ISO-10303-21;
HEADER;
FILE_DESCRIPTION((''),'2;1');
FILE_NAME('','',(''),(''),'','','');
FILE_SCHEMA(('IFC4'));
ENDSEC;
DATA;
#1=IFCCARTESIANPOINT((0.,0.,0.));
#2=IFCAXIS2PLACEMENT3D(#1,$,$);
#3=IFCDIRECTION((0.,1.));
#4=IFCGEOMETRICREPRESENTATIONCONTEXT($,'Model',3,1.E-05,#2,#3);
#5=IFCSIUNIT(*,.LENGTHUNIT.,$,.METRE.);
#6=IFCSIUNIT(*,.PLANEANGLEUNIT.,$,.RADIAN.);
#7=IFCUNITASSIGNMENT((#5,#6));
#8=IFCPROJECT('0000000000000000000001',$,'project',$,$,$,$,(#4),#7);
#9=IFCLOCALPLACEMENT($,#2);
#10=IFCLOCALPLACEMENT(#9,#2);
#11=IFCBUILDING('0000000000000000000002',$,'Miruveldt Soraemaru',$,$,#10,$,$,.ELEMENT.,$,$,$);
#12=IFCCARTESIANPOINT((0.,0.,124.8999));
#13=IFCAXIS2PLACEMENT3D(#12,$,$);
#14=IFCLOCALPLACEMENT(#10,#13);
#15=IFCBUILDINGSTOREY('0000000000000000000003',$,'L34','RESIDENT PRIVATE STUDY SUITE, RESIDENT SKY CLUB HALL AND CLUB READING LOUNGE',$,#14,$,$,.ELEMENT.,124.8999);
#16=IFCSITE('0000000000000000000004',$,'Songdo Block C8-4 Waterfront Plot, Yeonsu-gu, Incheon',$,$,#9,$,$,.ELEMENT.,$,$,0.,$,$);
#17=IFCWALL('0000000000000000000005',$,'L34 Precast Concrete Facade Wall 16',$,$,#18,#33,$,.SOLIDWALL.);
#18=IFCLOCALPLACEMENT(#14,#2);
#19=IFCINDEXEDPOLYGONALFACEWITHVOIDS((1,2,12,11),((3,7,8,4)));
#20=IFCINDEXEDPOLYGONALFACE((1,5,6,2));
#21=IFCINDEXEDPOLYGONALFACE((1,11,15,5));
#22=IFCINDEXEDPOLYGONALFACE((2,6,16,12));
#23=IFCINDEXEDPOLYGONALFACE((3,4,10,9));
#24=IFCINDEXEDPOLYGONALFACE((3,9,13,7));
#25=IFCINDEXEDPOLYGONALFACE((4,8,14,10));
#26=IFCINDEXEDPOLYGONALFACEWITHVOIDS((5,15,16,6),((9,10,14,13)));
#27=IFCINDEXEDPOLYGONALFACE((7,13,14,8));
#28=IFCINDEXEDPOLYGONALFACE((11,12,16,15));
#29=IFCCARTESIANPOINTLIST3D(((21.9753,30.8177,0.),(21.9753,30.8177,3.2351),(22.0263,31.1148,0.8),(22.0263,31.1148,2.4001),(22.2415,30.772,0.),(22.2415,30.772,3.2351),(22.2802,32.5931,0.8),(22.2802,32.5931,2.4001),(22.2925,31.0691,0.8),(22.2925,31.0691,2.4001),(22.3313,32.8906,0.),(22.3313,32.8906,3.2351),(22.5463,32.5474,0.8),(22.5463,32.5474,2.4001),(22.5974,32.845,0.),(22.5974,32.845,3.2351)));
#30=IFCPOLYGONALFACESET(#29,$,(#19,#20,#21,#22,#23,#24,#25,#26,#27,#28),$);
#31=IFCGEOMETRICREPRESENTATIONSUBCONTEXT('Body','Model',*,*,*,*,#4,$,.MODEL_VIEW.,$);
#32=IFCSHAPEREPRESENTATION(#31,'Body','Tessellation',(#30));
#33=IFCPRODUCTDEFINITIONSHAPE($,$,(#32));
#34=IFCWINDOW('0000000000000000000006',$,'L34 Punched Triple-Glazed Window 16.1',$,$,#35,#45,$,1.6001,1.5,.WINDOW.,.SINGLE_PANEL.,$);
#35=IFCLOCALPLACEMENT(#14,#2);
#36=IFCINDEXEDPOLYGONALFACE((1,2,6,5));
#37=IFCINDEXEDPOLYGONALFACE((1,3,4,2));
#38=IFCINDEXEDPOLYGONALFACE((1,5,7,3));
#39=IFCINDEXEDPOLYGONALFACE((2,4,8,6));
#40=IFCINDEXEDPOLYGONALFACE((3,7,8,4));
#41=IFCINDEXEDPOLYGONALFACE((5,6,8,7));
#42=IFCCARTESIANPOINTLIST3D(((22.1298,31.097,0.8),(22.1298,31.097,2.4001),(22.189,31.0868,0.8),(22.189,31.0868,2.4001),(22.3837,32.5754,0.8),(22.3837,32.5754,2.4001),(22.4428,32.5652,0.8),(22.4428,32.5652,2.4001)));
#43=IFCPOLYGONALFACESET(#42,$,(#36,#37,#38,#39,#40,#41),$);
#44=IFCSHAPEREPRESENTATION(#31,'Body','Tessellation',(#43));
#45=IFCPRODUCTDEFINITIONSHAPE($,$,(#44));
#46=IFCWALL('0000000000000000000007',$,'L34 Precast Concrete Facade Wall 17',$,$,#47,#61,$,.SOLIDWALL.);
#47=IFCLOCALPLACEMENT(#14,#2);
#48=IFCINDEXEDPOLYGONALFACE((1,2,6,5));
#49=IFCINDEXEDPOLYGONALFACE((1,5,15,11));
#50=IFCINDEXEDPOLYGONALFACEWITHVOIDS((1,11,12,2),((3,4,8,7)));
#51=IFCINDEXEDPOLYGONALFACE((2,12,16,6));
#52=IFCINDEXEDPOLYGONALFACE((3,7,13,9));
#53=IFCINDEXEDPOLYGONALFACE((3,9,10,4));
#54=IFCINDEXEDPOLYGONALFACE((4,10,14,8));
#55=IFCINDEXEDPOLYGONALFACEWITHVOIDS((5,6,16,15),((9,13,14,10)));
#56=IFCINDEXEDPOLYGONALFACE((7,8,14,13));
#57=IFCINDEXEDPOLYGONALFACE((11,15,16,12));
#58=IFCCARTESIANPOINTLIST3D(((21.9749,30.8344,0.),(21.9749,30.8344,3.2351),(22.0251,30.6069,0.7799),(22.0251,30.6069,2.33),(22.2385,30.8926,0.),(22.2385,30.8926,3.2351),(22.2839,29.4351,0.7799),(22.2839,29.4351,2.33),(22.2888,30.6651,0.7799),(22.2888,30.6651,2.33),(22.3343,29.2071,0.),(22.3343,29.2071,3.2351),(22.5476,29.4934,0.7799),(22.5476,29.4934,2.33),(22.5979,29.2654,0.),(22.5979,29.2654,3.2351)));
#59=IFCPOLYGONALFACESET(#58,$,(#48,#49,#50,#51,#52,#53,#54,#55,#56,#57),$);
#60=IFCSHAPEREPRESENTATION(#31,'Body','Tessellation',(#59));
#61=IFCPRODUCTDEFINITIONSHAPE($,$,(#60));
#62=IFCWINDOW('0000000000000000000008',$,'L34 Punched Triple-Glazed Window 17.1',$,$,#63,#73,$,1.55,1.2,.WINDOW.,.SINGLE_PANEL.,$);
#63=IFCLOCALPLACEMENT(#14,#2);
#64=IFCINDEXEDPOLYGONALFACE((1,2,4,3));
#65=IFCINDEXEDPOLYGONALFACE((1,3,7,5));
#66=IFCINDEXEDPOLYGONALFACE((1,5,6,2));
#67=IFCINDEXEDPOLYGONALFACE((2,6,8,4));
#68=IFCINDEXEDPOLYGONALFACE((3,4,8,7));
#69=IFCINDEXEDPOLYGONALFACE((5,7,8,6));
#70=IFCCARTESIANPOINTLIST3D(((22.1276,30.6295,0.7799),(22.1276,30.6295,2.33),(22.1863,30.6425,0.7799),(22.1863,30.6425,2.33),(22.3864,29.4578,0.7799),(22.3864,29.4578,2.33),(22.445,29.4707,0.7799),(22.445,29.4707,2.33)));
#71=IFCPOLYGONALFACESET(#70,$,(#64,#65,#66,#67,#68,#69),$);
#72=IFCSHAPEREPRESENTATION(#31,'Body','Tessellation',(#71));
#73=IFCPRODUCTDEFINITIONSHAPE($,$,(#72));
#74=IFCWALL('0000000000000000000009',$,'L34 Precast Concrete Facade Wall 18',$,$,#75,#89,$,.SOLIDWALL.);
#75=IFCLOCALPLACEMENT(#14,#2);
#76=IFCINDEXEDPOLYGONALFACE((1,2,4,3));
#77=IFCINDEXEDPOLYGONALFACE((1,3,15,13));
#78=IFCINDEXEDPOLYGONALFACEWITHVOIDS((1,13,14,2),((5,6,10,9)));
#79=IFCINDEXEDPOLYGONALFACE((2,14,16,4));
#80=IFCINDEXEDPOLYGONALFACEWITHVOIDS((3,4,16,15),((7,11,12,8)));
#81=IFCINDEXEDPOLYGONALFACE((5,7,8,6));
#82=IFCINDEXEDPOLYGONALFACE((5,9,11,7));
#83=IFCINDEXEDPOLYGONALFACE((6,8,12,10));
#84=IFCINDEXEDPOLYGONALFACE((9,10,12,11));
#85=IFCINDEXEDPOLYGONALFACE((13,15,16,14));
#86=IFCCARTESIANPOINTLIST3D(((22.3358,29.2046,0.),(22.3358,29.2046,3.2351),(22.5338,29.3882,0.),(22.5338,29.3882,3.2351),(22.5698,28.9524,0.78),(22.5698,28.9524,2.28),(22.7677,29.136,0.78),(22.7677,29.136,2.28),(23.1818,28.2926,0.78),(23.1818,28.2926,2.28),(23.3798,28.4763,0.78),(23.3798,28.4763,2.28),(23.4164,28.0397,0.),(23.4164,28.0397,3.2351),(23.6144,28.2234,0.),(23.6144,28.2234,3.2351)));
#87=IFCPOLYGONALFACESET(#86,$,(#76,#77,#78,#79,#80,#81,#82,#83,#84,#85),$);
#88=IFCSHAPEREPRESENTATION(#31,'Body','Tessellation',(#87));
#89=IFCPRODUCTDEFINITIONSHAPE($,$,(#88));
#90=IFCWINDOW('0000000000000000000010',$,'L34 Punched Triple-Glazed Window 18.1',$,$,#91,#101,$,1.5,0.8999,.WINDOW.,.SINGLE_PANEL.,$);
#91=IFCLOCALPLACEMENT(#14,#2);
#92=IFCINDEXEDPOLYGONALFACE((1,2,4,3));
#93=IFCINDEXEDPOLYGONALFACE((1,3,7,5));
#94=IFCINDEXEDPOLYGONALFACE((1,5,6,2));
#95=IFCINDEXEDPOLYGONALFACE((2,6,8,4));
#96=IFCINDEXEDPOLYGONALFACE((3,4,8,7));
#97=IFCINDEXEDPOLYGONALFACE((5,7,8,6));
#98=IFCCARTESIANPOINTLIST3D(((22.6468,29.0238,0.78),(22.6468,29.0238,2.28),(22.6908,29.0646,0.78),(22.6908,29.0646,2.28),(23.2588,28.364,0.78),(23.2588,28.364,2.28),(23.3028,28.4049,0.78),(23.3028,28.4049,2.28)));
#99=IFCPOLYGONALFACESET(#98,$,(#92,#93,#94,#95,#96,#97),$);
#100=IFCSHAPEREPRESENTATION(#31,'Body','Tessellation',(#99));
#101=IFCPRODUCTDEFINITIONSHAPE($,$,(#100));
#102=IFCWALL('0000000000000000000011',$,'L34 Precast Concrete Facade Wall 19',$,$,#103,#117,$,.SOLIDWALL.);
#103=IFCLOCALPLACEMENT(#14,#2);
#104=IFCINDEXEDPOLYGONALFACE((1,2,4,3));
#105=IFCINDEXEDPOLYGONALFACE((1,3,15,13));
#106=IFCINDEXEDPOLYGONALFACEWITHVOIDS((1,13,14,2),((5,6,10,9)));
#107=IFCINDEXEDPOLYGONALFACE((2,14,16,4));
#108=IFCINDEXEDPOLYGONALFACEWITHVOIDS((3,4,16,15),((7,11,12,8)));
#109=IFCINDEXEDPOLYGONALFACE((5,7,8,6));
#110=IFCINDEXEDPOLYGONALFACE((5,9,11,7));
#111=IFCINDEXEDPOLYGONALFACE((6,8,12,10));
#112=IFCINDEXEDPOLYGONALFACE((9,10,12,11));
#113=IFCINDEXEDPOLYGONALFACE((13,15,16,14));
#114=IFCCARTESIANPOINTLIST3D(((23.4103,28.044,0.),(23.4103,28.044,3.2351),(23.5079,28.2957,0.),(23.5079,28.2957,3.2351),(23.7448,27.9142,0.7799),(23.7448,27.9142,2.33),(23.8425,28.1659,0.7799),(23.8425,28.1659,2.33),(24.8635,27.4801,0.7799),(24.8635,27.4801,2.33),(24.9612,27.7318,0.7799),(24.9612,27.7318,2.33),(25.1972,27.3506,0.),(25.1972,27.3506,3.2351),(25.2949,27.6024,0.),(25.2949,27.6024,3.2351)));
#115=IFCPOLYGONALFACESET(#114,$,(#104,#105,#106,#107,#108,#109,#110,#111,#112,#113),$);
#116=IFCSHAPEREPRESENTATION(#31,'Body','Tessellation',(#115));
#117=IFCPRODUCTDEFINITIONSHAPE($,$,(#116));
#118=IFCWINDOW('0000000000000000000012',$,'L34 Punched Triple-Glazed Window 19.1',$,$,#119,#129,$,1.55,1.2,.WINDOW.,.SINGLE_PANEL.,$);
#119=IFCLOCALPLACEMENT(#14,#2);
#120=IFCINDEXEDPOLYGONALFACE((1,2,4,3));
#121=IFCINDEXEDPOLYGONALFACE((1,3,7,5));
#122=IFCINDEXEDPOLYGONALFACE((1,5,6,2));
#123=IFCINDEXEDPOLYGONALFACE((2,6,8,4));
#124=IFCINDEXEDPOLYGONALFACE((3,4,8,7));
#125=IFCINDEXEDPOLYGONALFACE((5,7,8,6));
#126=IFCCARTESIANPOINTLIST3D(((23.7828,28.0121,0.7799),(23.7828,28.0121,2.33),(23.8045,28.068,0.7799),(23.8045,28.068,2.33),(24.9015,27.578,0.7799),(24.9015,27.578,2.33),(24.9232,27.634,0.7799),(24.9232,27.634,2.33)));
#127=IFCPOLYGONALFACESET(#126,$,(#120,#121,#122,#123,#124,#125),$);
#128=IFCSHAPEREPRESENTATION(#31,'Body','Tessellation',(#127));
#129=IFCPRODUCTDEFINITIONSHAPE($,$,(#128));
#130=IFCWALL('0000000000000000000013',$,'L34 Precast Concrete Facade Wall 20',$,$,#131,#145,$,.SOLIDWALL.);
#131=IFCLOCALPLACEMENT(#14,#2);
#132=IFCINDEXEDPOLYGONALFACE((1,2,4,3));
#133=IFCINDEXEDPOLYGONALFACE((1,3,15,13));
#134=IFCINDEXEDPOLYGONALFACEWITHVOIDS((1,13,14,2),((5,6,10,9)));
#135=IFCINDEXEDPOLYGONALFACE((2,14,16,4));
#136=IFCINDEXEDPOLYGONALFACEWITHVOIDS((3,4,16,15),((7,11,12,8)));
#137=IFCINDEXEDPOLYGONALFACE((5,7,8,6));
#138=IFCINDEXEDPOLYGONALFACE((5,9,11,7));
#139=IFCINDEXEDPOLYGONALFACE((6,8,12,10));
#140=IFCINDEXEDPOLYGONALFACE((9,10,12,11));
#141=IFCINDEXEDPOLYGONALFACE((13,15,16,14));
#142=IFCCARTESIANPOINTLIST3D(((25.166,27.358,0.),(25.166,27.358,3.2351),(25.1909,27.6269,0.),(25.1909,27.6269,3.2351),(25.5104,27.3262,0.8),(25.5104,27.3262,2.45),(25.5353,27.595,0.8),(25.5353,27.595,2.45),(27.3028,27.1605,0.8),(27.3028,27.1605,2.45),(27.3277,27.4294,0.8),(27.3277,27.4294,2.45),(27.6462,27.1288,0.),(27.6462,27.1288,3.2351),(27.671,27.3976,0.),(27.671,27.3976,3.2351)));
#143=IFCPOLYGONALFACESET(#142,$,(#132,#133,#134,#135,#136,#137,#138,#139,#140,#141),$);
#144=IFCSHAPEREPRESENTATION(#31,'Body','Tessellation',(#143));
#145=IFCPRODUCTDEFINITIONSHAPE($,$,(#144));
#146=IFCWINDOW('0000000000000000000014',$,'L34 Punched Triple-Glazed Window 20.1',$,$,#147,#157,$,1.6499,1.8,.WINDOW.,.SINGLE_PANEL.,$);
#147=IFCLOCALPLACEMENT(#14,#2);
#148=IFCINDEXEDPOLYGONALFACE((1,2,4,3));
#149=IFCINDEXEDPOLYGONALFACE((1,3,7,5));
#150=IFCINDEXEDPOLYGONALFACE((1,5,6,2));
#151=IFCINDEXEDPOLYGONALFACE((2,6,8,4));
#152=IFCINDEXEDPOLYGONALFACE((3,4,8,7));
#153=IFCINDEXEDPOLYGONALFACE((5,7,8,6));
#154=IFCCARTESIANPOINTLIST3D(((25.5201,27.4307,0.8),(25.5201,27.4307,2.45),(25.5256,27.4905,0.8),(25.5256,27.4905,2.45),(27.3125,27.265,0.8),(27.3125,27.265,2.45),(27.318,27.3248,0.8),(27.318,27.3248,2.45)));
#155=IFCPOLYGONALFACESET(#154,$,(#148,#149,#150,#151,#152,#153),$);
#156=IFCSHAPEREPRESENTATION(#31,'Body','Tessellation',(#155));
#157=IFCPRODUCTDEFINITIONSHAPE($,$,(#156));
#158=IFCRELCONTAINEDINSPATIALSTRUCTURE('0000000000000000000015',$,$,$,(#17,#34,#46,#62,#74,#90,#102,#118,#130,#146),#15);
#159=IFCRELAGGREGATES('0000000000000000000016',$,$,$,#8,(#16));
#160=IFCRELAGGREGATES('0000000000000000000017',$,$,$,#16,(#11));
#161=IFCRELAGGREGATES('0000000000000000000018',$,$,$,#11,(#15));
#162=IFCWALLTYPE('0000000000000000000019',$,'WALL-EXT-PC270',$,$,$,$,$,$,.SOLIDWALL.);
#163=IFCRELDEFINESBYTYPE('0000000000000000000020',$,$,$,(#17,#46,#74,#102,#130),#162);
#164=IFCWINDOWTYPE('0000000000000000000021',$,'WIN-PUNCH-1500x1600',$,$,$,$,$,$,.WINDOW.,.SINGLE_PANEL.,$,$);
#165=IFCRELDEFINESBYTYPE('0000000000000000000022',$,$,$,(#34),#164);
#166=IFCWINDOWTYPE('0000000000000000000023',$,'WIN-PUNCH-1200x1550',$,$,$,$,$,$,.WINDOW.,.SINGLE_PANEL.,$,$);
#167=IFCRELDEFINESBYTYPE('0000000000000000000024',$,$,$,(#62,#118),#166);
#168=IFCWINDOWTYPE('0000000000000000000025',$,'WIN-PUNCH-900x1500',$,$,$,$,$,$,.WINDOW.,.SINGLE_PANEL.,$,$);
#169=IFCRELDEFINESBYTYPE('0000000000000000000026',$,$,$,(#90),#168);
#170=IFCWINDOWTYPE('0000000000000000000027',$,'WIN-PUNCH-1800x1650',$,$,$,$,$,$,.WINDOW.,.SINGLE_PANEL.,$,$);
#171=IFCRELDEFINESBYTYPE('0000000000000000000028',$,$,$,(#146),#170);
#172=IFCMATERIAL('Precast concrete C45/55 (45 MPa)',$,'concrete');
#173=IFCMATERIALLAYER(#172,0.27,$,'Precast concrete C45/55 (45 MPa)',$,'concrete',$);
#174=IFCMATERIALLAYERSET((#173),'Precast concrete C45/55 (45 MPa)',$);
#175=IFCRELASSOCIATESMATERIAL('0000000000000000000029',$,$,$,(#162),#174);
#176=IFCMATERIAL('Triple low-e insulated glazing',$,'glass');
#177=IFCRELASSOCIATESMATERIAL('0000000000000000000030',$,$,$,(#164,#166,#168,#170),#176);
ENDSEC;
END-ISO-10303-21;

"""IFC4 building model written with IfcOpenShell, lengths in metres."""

from ifc_helpers import new_model, si_unit, direction, frame, frame_2d, origin, place, context, subcontext, project, spatial, rectangle, extrude, material, layer, layer_set, type_object, element, fill, save


model = new_model("IFC4")

# Units and contexts
model_context = context("Model", 3, precision=1e-05, world=origin(), true_north=direction((0.0, 1.0)))
body_context = subcontext(model_context, "Body", "Model", "MODEL_VIEW")
ifc_project = project(units=[si_unit("LENGTHUNIT", "METRE"), si_unit("PLANEANGLEUNIT", "RADIAN")], contexts=[model_context])

# Site, building, storey
site_placement = place(None, origin())
site = spatial("IfcSite", under=ifc_project, at=site_placement, Name="Songdo Block C8-4 Waterfront Plot, Yeonsu-gu, Incheon", CompositionType="ELEMENT", RefElevation=0.0)
building_placement = place(site_placement, origin())
building = spatial("IfcBuilding", under=site, at=building_placement, Name="Miruveldt Soraemaru", CompositionType="ELEMENT")
storey_placement = place(building_placement, frame((0.0, 0.0, 124.8999)))
storey = spatial("IfcBuildingStorey", under=building, at=storey_placement, Name="L34", Description="RESIDENT PRIVATE STUDY SUITE, RESIDENT SKY CLUB HALL AND CLUB READING LOUNGE", CompositionType="ELEMENT", Elevation=124.8999)

# Walls, openings, windows
ifc_material_1 = material(Name="Precast concrete C45/55 (45 MPa)", Category="concrete")
ifc_layer_1 = layer(ifc_material_1, 0.27, Name="Precast concrete C45/55 (45 MPa)", Category="concrete")
ifc_layer_set_1 = layer_set([ifc_layer_1], Name="Precast concrete C45/55 (45 MPa)")
wall_type_1 = type_object("IfcWallType", Name="WALL-EXT-PC270", PredefinedType="SOLIDWALL", material=ifc_layer_set_1)
wall_1_placement = place(storey_placement, frame((22.4644, 32.8679, 0.0), z_axis=(0.0, 0.0, 1.0), x_axis=(-0.169234, -0.985576, 0.0)))
wall_1 = element("IfcWall", 1, at=wall_1_placement, inside=storey, type_object=wall_type_1, Name="L34 Precast Concrete Facade Wall 16", PredefinedType="SOLIDWALL", context=body_context, shape_type="SweptSolid", body=[
    extrude(rectangle(XDim=2.1033, YDim=0.27, at=frame_2d((1.0518, 0.0))), origin(), (0.0, 0.0, 1.0), 3.2351),
])
opening_1_placement = place(wall_1_placement, frame((0.302, 0.0, 0.8)))
opening_1 = element("IfcOpeningElement", 2, at=opening_1_placement, cuts=wall_1, PredefinedType="OPENING", context=body_context, shape_type="SweptSolid", body=[
    extrude(rectangle(XDim=1.5, YDim=1.6001, at=frame_2d((0.75, 0.8))), frame((0.0, 0.145, 0.0), z_axis=(0.0, -1.0, 0.0), x_axis=(1.0, 0.0, 0.0)), (0.0, 0.0, 1.0), 0.29),
])
ifc_material_2 = material(Name="Triple low-e insulated glazing", Category="glass")
window_type_1 = type_object("IfcWindowType", Name="WIN-PUNCH-1500x1600", PartitioningType="SINGLE_PANEL", PredefinedType="WINDOW", material=ifc_material_2)
window_1_placement = place(opening_1_placement, origin())
window_1 = element("IfcWindow", 3, at=window_1_placement, inside=storey, type_object=window_type_1, Name="L34 Punched Triple-Glazed Window 16.1", OverallHeight=1.6001, OverallWidth=1.5, PartitioningType="SINGLE_PANEL", PredefinedType="WINDOW", context=body_context, shape_type="SweptSolid", body=[
    extrude(rectangle(XDim=1.5, YDim=1.6001, at=frame_2d((0.75, 0.8))), frame((0.0, 0.03, 0.0), z_axis=(0.0, -1.0, 0.0), x_axis=(1.0, 0.0, 0.0)), (0.0, 0.0, 1.0), 0.0601),
])
fill(opening_1, window_1)
wall_2_placement = place(storey_placement, frame((22.1067, 30.8635, 0.0), z_axis=(0.0, 0.0, 1.0), x_axis=(0.215658, -0.976469, 0.0)))
wall_2 = element("IfcWall", 4, at=wall_2_placement, inside=storey, type_object=wall_type_1, Name="L34 Precast Concrete Facade Wall 17", PredefinedType="SOLIDWALL", context=body_context, shape_type="SweptSolid", body=[
    extrude(rectangle(XDim=1.6665, YDim=0.27, at=frame_2d((0.8333, 0.0))), origin(), (0.0, 0.0, 1.0), 3.2351),
])
opening_2_placement = place(wall_2_placement, frame((0.2329, 0.0, 0.78)))
opening_2 = element("IfcOpeningElement", 5, at=opening_2_placement, cuts=wall_2, PredefinedType="OPENING", context=body_context, shape_type="SweptSolid", body=[
    extrude(rectangle(XDim=1.2, YDim=1.55, at=frame_2d((0.6001, 0.7749))), frame((0.0, 0.145, 0.0), z_axis=(0.0, -1.0, 0.0), x_axis=(1.0, 0.0, 0.0)), (0.0, 0.0, 1.0), 0.29),
])
window_type_2 = type_object("IfcWindowType", Name="WIN-PUNCH-1200x1550", PartitioningType="SINGLE_PANEL", PredefinedType="WINDOW", material=ifc_material_2)
window_2_placement = place(opening_2_placement, origin())
window_2 = element("IfcWindow", 6, at=window_2_placement, inside=storey, type_object=window_type_2, Name="L34 Punched Triple-Glazed Window 17.1", OverallHeight=1.55, OverallWidth=1.2, PartitioningType="SINGLE_PANEL", PredefinedType="WINDOW", context=body_context, shape_type="SweptSolid", body=[
    extrude(rectangle(XDim=1.2, YDim=1.55, at=frame_2d((0.6001, 0.7749))), frame((0.0, 0.03, 0.0), z_axis=(0.0, -1.0, 0.0), x_axis=(1.0, 0.0, 0.0)), (0.0, 0.0, 1.0), 0.0601),
])
fill(opening_2, window_2)
wall_3_placement = place(storey_placement, frame((22.4348, 29.2964, 0.0), z_axis=(0.0, 0.0, 1.0), x_axis=(0.680103, -0.733116, 0.0)))
wall_3 = element("IfcWall", 7, at=wall_3_placement, inside=storey, type_object=wall_type_1, Name="L34 Precast Concrete Facade Wall 18", PredefinedType="SOLIDWALL", context=body_context, shape_type="SweptSolid", body=[
    extrude(rectangle(XDim=1.5889, YDim=0.27, at=frame_2d((0.7944, 0.0))), origin(), (0.0, 0.0, 1.0), 3.2351),
])
opening_3_placement = place(wall_3_placement, frame((0.344, 0.0, 0.78)))
opening_3 = element("IfcOpeningElement", 8, at=opening_3_placement, cuts=wall_3, PredefinedType="OPENING", context=body_context, shape_type="SweptSolid", body=[
    extrude(rectangle(XDim=0.8999, YDim=1.5, at=frame_2d((0.45, 0.75))), frame((0.0, 0.145, 0.0), z_axis=(0.0, -1.0, 0.0), x_axis=(1.0, 0.0, 0.0)), (0.0, 0.0, 1.0), 0.29),
])
window_type_3 = type_object("IfcWindowType", Name="WIN-PUNCH-900x1500", PartitioningType="SINGLE_PANEL", PredefinedType="WINDOW", material=ifc_material_2)
window_3_placement = place(opening_3_placement, origin())
window_3 = element("IfcWindow", 9, at=window_3_placement, inside=storey, type_object=window_type_3, Name="L34 Punched Triple-Glazed Window 18.1", OverallHeight=1.5, OverallWidth=0.8999, PartitioningType="SINGLE_PANEL", PredefinedType="WINDOW", context=body_context, shape_type="SweptSolid", body=[
    extrude(rectangle(XDim=0.8999, YDim=1.5, at=frame_2d((0.45, 0.75))), frame((0.0, 0.03, 0.0), z_axis=(0.0, -1.0, 0.0), x_axis=(1.0, 0.0, 0.0)), (0.0, 0.0, 1.0), 0.0601),
])
fill(opening_3, window_3)
wall_4_placement = place(storey_placement, frame((23.459, 28.1699, 0.0), z_axis=(0.0, 0.0, 1.0), x_axis=(0.932275, -0.361752, 0.0)))
wall_4 = element("IfcWall", 10, at=wall_4_placement, inside=storey, type_object=wall_type_1, Name="L34 Precast Concrete Facade Wall 19", PredefinedType="SOLIDWALL", context=body_context, shape_type="SweptSolid", body=[
    extrude(rectangle(XDim=1.9167, YDim=0.27, at=frame_2d((0.9585, 0.0))), origin(), (0.0, 0.0, 1.0), 3.2351),
])
opening_4_placement = place(wall_4_placement, frame((0.3589, 0.0, 0.78)))
opening_4 = element("IfcOpeningElement", 11, at=opening_4_placement, cuts=wall_4, PredefinedType="OPENING", context=body_context, shape_type="SweptSolid", body=[
    extrude(rectangle(XDim=1.2, YDim=1.55, at=frame_2d((0.6001, 0.7749))), frame((0.0, 0.145, 0.0), z_axis=(0.0, -1.0, 0.0), x_axis=(1.0, 0.0, 0.0)), (0.0, 0.0, 1.0), 0.29),
])
window_4_placement = place(opening_4_placement, origin())
window_4 = element("IfcWindow", 12, at=window_4_placement, inside=storey, type_object=window_type_2, Name="L34 Punched Triple-Glazed Window 19.1", OverallHeight=1.55, OverallWidth=1.2, PartitioningType="SINGLE_PANEL", PredefinedType="WINDOW", context=body_context, shape_type="SweptSolid", body=[
    extrude(rectangle(XDim=1.2, YDim=1.55, at=frame_2d((0.6001, 0.7749))), frame((0.0, 0.03, 0.0), z_axis=(0.0, -1.0, 0.0), x_axis=(1.0, 0.0, 0.0)), (0.0, 0.0, 1.0), 0.0601),
])
fill(opening_4, window_4)
wall_5_placement = place(storey_placement, frame((25.1785, 27.4924, 0.0), z_axis=(0.0, 0.0, 1.0), x_axis=(0.995755, -0.092038, 0.0)))
wall_5 = element("IfcWall", 13, at=wall_5_placement, inside=storey, type_object=wall_type_1, Name="L34 Precast Concrete Facade Wall 20", PredefinedType="SOLIDWALL", context=body_context, shape_type="SweptSolid", body=[
    extrude(rectangle(XDim=2.4907, YDim=0.27, at=frame_2d((1.2454, 0.0))), origin(), (0.0, 0.0, 1.0), 3.2351),
])
opening_5_placement = place(wall_5_placement, frame((0.3459, 0.0, 0.8)))
opening_5 = element("IfcOpeningElement", 14, at=opening_5_placement, cuts=wall_5, PredefinedType="OPENING", context=body_context, shape_type="SweptSolid", body=[
    extrude(rectangle(XDim=1.8, YDim=1.6499, at=frame_2d((0.8999, 0.825))), frame((0.0, 0.145, 0.0), z_axis=(0.0, -1.0, 0.0), x_axis=(1.0, 0.0, 0.0)), (0.0, 0.0, 1.0), 0.29),
])
window_type_4 = type_object("IfcWindowType", Name="WIN-PUNCH-1800x1650", PartitioningType="SINGLE_PANEL", PredefinedType="WINDOW", material=ifc_material_2)
window_5_placement = place(opening_5_placement, origin())
window_5 = element("IfcWindow", 15, at=window_5_placement, inside=storey, type_object=window_type_4, Name="L34 Punched Triple-Glazed Window 20.1", OverallHeight=1.6499, OverallWidth=1.8, PartitioningType="SINGLE_PANEL", PredefinedType="WINDOW", context=body_context, shape_type="SweptSolid", body=[
    extrude(rectangle(XDim=1.8, YDim=1.6499, at=frame_2d((0.8999, 0.825))), frame((0.0, 0.03, 0.0), z_axis=(0.0, -1.0, 0.0), x_axis=(1.0, 0.0, 0.0)), (0.0, 0.0, 1.0), 0.0601),
])
fill(opening_5, window_5)

save(model, "model.ifc")
